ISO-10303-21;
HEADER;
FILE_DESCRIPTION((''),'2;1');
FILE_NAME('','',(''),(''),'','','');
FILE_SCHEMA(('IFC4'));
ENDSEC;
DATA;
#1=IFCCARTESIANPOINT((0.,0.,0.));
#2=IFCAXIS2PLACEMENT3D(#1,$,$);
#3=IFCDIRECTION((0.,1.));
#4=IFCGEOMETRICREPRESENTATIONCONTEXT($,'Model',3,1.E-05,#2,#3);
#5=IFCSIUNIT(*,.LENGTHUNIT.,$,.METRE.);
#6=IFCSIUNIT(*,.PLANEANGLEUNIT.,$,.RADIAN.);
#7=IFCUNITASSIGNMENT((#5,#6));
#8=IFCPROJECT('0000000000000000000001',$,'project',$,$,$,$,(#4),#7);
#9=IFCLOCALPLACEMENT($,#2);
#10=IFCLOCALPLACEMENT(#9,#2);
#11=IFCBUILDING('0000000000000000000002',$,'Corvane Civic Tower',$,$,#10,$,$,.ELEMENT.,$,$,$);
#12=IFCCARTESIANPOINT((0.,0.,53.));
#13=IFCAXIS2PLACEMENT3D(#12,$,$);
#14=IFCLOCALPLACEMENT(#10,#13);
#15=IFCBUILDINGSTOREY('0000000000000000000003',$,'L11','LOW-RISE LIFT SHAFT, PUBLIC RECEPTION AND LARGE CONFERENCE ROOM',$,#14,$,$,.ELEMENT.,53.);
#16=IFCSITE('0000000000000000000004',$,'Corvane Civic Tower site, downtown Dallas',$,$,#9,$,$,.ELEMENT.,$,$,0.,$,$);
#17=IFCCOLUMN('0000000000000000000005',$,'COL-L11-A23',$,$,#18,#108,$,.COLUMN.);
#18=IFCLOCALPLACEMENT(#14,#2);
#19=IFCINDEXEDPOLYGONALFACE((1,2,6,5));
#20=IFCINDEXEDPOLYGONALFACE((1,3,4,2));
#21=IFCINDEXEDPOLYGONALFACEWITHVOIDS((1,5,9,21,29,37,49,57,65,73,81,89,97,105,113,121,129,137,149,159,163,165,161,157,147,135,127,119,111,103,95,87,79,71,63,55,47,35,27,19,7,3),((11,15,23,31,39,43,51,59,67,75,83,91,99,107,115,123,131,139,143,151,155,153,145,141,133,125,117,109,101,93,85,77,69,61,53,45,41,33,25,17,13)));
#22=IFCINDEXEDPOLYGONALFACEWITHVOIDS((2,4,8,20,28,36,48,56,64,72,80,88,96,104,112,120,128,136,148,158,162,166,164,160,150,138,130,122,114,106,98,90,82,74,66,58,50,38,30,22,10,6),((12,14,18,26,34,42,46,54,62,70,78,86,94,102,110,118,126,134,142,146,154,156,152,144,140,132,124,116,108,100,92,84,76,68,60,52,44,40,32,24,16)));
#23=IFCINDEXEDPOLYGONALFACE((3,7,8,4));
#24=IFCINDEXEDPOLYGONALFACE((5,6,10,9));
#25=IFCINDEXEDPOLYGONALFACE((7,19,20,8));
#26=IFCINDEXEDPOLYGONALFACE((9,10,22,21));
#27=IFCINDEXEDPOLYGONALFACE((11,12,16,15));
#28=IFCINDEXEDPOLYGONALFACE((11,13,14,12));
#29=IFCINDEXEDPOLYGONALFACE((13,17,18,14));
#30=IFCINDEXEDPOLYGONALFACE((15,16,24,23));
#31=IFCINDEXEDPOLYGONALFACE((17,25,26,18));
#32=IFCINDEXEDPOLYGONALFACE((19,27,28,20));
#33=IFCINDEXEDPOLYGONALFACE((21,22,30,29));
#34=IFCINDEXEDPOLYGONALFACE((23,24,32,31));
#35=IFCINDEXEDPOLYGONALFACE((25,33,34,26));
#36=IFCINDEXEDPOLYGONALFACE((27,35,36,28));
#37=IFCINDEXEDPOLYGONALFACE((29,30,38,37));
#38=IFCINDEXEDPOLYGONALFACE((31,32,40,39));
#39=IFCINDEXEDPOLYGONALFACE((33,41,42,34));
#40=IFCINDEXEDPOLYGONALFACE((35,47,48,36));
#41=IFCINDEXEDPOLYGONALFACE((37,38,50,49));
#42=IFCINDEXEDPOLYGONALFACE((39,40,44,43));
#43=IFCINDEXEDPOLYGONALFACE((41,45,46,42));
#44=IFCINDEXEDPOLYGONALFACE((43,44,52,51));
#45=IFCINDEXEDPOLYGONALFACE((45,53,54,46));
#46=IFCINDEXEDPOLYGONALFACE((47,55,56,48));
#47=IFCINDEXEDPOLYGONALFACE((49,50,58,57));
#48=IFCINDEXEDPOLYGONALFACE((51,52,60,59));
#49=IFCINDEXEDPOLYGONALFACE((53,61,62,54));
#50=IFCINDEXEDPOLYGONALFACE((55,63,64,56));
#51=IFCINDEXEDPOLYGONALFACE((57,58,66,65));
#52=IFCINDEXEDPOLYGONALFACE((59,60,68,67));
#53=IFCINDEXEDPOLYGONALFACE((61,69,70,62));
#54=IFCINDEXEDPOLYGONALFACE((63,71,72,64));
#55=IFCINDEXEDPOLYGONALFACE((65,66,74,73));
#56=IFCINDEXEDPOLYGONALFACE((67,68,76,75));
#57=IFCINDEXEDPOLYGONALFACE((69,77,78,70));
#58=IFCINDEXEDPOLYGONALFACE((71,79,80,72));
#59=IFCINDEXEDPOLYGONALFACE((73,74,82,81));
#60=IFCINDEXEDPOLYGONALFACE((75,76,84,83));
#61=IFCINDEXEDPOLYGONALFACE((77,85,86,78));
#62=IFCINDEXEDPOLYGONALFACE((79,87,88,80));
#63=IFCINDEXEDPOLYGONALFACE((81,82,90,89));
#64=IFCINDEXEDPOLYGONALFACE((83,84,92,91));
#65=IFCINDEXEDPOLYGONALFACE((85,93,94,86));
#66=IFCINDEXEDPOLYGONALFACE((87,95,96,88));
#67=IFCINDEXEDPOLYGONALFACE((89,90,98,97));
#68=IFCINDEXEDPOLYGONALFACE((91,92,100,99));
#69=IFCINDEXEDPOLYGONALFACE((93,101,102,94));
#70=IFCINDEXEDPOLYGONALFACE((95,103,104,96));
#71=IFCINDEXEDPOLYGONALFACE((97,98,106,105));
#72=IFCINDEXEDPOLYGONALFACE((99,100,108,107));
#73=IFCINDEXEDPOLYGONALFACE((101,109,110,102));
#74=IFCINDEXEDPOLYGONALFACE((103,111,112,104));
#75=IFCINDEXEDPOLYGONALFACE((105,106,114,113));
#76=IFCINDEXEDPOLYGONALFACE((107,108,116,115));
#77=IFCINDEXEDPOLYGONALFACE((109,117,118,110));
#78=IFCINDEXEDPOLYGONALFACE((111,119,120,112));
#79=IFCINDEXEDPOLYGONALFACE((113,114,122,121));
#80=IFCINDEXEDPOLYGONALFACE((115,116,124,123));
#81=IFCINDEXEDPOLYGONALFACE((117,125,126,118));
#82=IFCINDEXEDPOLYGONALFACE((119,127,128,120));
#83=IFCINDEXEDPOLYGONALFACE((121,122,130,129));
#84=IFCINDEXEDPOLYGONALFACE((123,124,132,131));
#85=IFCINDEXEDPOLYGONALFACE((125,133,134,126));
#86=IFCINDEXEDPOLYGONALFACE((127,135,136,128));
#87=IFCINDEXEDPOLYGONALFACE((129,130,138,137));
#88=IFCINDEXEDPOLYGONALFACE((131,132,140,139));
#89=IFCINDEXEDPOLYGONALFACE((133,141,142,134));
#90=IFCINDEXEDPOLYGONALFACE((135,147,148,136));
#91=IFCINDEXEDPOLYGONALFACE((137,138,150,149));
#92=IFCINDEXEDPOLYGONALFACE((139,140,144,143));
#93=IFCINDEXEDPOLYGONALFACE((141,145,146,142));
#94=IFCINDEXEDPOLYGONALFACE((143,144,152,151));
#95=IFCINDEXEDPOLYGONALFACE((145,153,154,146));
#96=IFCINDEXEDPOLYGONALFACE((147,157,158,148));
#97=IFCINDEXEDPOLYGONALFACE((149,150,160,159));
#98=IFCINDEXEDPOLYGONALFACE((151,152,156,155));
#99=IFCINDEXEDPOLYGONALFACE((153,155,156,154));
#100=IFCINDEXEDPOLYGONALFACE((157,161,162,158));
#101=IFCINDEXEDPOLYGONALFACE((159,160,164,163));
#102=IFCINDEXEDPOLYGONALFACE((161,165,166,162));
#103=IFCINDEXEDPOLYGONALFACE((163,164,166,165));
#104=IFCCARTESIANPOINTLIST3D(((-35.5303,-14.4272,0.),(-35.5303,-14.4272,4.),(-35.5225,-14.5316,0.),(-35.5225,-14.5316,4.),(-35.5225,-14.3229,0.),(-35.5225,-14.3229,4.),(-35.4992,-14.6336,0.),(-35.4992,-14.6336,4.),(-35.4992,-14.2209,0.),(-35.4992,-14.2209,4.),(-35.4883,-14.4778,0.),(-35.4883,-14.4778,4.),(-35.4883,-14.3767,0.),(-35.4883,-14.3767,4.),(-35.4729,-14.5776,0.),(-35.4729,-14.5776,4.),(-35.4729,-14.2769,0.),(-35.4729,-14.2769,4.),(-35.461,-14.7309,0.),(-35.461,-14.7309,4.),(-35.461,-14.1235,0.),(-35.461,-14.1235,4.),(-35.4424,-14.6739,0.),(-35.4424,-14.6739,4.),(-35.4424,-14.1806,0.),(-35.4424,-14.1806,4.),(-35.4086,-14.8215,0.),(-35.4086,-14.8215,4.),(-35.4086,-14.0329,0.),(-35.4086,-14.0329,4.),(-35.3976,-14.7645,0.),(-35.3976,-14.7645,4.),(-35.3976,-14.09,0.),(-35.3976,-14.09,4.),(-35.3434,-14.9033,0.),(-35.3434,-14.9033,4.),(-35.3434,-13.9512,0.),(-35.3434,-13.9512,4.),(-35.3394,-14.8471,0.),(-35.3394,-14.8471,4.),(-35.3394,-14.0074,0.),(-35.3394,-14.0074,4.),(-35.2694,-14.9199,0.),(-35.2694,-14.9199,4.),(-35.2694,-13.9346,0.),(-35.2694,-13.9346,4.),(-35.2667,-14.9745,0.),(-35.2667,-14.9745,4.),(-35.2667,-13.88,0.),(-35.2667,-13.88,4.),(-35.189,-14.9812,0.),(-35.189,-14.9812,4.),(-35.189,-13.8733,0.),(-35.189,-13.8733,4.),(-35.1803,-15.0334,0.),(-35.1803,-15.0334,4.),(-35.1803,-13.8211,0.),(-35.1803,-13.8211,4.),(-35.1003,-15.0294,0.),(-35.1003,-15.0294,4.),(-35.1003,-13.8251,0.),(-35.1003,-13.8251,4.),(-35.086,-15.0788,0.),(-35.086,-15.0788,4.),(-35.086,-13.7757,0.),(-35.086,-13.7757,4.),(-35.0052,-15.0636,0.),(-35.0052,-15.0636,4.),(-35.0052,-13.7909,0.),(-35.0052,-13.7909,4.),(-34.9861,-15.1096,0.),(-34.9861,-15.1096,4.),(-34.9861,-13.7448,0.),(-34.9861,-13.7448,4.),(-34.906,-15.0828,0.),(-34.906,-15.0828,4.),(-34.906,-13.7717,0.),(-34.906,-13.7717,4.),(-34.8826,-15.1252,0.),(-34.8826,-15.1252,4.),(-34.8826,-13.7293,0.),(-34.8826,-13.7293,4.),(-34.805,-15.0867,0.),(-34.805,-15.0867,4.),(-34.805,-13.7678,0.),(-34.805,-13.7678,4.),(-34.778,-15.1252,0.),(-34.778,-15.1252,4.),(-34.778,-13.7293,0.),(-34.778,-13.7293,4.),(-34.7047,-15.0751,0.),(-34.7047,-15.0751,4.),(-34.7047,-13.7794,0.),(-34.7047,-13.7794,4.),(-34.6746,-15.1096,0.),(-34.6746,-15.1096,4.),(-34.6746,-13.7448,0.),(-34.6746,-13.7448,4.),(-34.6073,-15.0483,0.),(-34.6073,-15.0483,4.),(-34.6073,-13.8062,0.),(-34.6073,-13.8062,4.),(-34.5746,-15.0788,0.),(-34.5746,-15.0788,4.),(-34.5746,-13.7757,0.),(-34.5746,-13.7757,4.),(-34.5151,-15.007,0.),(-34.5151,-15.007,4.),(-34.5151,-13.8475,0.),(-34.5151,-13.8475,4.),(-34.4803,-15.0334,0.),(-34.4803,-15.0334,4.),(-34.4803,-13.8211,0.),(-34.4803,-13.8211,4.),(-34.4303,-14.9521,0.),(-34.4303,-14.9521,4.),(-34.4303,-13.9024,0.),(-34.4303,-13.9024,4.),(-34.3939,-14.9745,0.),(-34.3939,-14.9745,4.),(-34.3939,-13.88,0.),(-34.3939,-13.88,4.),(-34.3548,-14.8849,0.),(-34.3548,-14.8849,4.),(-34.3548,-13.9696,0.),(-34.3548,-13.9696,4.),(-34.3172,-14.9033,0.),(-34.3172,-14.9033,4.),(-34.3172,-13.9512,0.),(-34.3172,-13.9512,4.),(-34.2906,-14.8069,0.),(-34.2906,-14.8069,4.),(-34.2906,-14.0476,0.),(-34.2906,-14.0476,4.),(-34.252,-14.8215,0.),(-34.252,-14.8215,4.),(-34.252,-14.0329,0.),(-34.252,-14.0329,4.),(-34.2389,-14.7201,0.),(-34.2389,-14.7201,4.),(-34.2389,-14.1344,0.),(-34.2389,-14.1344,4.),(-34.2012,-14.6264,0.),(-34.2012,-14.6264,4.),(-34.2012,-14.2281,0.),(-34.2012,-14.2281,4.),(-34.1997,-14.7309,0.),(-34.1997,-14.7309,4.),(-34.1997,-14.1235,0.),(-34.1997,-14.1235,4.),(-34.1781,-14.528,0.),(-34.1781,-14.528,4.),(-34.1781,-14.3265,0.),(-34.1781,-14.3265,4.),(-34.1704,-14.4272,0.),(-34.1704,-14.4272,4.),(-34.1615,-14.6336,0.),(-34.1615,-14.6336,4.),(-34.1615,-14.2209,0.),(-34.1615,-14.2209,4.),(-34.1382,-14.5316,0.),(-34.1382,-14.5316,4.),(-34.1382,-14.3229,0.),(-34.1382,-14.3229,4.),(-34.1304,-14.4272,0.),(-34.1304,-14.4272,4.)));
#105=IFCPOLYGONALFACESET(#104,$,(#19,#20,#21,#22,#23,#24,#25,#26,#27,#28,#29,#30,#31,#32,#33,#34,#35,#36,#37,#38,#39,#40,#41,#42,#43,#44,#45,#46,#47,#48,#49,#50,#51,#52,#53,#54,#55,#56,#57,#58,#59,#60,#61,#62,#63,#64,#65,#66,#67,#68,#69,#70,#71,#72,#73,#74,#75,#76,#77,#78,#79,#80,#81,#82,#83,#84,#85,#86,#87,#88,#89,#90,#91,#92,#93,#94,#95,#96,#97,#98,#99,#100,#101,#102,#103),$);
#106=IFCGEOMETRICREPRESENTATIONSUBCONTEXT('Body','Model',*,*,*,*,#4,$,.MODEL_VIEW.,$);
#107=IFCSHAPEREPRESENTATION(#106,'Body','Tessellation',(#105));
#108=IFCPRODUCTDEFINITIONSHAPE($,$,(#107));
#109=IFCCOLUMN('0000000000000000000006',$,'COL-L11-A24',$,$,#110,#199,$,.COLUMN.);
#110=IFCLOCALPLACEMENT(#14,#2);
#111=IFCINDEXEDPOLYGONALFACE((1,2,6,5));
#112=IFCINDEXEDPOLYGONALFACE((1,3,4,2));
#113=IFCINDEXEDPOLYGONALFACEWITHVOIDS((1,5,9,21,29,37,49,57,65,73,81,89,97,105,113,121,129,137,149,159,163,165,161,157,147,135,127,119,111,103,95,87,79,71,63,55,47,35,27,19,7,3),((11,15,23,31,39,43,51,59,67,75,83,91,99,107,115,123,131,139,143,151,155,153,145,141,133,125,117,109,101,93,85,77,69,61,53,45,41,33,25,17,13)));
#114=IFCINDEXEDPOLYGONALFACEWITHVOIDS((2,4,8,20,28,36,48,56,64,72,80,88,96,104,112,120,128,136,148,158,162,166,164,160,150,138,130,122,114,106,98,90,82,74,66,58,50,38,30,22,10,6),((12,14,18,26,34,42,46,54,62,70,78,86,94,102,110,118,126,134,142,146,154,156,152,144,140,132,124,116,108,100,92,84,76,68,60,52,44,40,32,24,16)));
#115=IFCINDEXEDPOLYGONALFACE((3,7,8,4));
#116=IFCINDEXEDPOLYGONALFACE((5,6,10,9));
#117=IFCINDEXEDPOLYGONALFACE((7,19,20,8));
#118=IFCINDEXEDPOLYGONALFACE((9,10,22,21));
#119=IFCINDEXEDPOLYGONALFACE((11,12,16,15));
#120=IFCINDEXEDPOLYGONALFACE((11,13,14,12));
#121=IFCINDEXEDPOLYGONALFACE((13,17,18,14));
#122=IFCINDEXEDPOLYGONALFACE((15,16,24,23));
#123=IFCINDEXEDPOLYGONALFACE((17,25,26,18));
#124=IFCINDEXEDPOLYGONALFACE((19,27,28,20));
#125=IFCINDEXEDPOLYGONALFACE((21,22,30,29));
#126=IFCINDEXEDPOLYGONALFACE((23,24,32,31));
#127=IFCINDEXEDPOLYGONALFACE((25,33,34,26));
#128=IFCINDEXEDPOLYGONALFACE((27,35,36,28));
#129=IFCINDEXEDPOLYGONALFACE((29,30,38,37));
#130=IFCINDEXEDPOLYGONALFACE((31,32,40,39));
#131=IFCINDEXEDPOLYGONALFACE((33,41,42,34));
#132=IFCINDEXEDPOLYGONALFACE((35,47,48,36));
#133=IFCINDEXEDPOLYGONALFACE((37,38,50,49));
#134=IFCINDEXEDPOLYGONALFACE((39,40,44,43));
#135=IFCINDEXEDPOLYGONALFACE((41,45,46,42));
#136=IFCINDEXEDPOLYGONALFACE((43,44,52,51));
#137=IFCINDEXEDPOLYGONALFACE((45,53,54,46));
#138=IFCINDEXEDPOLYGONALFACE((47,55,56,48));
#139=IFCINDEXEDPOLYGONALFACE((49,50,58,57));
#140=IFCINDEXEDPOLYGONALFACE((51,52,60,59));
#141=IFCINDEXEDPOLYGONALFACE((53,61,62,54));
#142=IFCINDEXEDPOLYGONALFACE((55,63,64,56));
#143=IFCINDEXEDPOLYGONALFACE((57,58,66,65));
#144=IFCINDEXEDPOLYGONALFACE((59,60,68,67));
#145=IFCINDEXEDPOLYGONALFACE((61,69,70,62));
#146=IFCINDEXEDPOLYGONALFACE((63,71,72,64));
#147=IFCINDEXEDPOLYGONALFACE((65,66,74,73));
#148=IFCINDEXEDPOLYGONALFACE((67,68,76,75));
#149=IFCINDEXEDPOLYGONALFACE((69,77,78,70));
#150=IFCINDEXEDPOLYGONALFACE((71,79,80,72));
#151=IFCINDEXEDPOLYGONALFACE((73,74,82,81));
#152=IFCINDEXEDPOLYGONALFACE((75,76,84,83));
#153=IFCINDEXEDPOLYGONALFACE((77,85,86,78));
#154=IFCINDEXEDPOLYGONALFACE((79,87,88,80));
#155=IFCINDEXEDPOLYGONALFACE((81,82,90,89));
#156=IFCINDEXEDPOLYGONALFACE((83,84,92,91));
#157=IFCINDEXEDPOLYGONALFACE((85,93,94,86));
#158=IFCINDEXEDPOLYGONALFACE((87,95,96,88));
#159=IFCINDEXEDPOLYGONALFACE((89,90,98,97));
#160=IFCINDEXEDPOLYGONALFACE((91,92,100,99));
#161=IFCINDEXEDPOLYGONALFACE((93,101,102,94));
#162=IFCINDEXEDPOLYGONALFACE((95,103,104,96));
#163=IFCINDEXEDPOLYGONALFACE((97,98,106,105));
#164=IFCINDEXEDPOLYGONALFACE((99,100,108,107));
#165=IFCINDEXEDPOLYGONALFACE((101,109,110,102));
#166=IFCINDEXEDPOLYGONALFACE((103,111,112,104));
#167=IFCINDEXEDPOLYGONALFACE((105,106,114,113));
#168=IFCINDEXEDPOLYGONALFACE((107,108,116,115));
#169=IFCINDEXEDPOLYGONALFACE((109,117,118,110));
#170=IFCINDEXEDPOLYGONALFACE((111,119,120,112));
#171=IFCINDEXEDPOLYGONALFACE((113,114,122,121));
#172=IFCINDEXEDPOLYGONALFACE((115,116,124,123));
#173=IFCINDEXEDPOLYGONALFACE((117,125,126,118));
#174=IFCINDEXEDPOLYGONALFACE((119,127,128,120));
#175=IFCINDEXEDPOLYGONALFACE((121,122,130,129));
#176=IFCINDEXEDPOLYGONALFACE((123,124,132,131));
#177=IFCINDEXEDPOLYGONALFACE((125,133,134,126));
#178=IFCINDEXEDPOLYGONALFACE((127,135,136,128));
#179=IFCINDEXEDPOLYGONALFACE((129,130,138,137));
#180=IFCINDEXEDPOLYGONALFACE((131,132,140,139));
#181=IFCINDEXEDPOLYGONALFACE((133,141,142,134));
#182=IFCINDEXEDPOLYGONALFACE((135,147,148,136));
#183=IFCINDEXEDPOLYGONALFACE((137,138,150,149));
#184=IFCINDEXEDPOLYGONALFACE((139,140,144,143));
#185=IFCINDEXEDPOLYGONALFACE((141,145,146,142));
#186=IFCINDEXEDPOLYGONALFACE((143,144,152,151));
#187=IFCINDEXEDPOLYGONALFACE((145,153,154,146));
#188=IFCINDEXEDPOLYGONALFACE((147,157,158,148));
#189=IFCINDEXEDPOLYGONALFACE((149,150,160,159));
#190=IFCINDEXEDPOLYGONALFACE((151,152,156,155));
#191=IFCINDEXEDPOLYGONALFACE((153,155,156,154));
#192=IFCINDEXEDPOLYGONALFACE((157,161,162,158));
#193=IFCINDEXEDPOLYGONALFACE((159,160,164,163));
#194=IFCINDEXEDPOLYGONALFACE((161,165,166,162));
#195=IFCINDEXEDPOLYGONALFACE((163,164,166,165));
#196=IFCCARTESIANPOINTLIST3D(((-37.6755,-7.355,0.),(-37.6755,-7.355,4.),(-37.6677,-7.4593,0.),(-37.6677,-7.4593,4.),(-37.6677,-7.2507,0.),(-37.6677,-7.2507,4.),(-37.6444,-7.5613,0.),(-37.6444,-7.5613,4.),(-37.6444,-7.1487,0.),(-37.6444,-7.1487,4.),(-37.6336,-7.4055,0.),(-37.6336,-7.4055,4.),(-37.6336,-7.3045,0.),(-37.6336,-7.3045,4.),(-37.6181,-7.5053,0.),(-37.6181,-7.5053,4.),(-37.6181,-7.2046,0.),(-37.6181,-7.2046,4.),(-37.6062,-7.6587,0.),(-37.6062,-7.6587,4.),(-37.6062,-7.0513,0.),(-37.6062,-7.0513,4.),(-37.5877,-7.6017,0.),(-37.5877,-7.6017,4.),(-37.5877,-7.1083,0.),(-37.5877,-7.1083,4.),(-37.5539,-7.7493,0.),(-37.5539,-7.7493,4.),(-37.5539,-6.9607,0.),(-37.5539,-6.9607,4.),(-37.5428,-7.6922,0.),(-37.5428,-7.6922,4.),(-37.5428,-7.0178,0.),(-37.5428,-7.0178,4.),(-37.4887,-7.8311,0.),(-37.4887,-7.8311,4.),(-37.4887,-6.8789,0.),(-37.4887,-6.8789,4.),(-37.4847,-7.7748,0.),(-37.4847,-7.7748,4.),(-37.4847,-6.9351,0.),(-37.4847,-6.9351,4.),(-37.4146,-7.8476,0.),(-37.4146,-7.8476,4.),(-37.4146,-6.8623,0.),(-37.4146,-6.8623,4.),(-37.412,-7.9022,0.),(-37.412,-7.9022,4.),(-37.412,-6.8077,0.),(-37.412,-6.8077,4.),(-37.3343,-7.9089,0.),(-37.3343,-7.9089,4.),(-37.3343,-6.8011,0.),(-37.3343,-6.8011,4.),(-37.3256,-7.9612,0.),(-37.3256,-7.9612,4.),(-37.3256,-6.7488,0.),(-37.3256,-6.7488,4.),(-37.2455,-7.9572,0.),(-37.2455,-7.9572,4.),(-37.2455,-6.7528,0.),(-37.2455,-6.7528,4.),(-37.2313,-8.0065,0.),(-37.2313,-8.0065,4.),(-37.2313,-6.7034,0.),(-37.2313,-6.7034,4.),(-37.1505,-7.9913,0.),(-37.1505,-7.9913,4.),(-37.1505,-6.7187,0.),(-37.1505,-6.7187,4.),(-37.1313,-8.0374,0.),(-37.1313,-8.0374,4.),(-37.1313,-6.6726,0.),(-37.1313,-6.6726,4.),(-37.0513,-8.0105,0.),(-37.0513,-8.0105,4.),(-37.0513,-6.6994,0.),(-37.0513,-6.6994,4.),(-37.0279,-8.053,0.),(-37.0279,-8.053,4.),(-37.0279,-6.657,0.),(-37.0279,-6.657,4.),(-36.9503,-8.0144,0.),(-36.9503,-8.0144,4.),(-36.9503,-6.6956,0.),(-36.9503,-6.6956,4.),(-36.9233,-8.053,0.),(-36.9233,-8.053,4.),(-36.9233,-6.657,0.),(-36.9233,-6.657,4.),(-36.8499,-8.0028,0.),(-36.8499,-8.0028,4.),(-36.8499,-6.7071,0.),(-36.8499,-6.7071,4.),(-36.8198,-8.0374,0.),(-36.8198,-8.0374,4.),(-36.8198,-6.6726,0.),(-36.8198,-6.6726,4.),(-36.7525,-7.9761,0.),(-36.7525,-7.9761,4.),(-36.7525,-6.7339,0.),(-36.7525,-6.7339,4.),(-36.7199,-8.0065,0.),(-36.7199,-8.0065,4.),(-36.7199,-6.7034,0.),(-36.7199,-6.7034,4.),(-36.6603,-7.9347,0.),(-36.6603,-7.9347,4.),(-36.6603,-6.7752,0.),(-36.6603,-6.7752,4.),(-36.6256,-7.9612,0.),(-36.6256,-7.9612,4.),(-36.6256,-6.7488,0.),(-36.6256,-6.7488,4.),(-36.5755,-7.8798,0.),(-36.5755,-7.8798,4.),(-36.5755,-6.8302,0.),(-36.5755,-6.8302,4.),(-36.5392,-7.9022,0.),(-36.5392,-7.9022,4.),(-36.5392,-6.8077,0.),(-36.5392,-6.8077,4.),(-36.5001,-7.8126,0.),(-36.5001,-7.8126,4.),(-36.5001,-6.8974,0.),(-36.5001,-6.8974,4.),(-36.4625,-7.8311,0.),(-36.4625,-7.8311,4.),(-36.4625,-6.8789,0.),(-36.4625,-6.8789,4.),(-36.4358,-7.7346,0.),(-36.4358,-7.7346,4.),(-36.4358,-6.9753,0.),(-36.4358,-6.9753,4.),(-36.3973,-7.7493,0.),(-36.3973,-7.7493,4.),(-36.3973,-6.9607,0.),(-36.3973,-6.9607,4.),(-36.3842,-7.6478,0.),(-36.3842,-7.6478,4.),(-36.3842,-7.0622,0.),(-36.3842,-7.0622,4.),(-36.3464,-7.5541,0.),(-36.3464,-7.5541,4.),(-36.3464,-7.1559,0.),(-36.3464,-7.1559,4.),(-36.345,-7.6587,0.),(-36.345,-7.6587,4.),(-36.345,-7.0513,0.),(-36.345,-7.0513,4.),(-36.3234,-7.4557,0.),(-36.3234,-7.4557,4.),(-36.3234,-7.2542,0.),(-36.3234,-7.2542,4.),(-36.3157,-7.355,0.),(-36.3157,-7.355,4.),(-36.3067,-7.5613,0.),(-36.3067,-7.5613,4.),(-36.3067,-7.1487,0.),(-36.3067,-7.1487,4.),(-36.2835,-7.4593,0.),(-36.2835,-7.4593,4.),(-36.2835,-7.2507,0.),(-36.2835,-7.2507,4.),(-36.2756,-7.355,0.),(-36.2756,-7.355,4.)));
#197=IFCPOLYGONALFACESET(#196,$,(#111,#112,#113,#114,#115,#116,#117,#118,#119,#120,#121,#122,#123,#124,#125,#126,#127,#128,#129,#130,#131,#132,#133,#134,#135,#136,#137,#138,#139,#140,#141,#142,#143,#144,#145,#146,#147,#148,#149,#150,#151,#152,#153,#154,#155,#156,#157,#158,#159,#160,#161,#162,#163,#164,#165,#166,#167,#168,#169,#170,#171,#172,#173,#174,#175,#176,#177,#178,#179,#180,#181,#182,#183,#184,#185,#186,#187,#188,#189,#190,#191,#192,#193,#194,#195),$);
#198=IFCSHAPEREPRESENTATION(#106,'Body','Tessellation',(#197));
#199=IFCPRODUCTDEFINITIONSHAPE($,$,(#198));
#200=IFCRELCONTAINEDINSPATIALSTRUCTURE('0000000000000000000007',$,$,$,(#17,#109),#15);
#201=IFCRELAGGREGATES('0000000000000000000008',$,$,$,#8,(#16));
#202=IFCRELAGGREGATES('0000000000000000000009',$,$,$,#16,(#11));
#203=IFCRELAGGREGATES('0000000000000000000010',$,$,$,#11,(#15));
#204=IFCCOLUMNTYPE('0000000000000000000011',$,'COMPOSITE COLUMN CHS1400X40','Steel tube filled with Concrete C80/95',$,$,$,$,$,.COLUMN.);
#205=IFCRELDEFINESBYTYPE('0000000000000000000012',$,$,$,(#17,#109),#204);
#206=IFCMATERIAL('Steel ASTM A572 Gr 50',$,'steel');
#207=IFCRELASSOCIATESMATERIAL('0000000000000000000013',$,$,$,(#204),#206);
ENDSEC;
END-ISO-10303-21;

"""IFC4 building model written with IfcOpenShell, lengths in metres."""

from ifc_helpers import new_model, si_unit, direction, frame, origin, origin_2d, place, context, subcontext, project, spatial, hollow_circle, extrude, material, material_profile, profile_set, type_object, element, save


model = new_model("IFC4")

# Units and contexts
model_context = context("Model", 3, precision=1e-05, world=origin(), true_north=direction((0.0, 1.0)))
body_context = subcontext(model_context, "Body", "Model", "MODEL_VIEW")
ifc_project = project(units=[si_unit("LENGTHUNIT", "METRE"), si_unit("PLANEANGLEUNIT", "RADIAN")], contexts=[model_context])

# Site, building, storey
site_placement = place(None, origin())
site = spatial("IfcSite", under=ifc_project, at=site_placement, Name="Corvane Civic Tower site, downtown Dallas", CompositionType="ELEMENT", RefElevation=0.0)
building_placement = place(site_placement, origin())
building = spatial("IfcBuilding", under=site, at=building_placement, Name="Corvane Civic Tower", CompositionType="ELEMENT")
storey_placement = place(building_placement, frame((0.0, 0.0, 53.0)))
storey = spatial("IfcBuildingStorey", under=building, at=storey_placement, Name="L11", Description="LOW-RISE LIFT SHAFT, PUBLIC RECEPTION AND LARGE CONFERENCE ROOM", CompositionType="ELEMENT", Elevation=53.0)

# Columns
ifc_material_1 = material(Name="Steel ASTM A572 Gr 50", Category="steel")
ifc_material_profile_1 = material_profile(ifc_material_1, hollow_circle(Radius=0.7, WallThickness=0.04, at=origin_2d()), Name="CHS1400X40")
ifc_profile_set_1 = profile_set([ifc_material_profile_1], Name="Steel ASTM A572 Gr 50")
column_type = type_object("IfcColumnType", Name="COMPOSITE COLUMN CHS1400X40", Description="Steel tube filled with Concrete C80/95", PredefinedType="COLUMN", material=ifc_profile_set_1)
for number, where, z_axis, x_axis, name in (
    (1, (-34.8303, -14.4272, 0.0), (0.0, 0.0, 1.0), (1.0, 0.0, 0.0), "COL-L11-A23"),
    (2, (-36.9756, -7.355, 0.0), (0.0, 0.0, 1.0), (1.0, 0.0, 0.0), "COL-L11-A24"),
):
    element("IfcColumn", number, at=place(storey_placement, frame(where, z_axis=z_axis, x_axis=x_axis)), inside=storey, type_object=column_type, Name=name, PredefinedType="COLUMN", context=body_context, shape_type="SweptSolid", body=[
        extrude(hollow_circle(Radius=0.7, WallThickness=0.04, at=origin_2d()), origin(), (0.0, 0.0, 1.0), 4.0),
    ])

save(model, "model.ifc")
